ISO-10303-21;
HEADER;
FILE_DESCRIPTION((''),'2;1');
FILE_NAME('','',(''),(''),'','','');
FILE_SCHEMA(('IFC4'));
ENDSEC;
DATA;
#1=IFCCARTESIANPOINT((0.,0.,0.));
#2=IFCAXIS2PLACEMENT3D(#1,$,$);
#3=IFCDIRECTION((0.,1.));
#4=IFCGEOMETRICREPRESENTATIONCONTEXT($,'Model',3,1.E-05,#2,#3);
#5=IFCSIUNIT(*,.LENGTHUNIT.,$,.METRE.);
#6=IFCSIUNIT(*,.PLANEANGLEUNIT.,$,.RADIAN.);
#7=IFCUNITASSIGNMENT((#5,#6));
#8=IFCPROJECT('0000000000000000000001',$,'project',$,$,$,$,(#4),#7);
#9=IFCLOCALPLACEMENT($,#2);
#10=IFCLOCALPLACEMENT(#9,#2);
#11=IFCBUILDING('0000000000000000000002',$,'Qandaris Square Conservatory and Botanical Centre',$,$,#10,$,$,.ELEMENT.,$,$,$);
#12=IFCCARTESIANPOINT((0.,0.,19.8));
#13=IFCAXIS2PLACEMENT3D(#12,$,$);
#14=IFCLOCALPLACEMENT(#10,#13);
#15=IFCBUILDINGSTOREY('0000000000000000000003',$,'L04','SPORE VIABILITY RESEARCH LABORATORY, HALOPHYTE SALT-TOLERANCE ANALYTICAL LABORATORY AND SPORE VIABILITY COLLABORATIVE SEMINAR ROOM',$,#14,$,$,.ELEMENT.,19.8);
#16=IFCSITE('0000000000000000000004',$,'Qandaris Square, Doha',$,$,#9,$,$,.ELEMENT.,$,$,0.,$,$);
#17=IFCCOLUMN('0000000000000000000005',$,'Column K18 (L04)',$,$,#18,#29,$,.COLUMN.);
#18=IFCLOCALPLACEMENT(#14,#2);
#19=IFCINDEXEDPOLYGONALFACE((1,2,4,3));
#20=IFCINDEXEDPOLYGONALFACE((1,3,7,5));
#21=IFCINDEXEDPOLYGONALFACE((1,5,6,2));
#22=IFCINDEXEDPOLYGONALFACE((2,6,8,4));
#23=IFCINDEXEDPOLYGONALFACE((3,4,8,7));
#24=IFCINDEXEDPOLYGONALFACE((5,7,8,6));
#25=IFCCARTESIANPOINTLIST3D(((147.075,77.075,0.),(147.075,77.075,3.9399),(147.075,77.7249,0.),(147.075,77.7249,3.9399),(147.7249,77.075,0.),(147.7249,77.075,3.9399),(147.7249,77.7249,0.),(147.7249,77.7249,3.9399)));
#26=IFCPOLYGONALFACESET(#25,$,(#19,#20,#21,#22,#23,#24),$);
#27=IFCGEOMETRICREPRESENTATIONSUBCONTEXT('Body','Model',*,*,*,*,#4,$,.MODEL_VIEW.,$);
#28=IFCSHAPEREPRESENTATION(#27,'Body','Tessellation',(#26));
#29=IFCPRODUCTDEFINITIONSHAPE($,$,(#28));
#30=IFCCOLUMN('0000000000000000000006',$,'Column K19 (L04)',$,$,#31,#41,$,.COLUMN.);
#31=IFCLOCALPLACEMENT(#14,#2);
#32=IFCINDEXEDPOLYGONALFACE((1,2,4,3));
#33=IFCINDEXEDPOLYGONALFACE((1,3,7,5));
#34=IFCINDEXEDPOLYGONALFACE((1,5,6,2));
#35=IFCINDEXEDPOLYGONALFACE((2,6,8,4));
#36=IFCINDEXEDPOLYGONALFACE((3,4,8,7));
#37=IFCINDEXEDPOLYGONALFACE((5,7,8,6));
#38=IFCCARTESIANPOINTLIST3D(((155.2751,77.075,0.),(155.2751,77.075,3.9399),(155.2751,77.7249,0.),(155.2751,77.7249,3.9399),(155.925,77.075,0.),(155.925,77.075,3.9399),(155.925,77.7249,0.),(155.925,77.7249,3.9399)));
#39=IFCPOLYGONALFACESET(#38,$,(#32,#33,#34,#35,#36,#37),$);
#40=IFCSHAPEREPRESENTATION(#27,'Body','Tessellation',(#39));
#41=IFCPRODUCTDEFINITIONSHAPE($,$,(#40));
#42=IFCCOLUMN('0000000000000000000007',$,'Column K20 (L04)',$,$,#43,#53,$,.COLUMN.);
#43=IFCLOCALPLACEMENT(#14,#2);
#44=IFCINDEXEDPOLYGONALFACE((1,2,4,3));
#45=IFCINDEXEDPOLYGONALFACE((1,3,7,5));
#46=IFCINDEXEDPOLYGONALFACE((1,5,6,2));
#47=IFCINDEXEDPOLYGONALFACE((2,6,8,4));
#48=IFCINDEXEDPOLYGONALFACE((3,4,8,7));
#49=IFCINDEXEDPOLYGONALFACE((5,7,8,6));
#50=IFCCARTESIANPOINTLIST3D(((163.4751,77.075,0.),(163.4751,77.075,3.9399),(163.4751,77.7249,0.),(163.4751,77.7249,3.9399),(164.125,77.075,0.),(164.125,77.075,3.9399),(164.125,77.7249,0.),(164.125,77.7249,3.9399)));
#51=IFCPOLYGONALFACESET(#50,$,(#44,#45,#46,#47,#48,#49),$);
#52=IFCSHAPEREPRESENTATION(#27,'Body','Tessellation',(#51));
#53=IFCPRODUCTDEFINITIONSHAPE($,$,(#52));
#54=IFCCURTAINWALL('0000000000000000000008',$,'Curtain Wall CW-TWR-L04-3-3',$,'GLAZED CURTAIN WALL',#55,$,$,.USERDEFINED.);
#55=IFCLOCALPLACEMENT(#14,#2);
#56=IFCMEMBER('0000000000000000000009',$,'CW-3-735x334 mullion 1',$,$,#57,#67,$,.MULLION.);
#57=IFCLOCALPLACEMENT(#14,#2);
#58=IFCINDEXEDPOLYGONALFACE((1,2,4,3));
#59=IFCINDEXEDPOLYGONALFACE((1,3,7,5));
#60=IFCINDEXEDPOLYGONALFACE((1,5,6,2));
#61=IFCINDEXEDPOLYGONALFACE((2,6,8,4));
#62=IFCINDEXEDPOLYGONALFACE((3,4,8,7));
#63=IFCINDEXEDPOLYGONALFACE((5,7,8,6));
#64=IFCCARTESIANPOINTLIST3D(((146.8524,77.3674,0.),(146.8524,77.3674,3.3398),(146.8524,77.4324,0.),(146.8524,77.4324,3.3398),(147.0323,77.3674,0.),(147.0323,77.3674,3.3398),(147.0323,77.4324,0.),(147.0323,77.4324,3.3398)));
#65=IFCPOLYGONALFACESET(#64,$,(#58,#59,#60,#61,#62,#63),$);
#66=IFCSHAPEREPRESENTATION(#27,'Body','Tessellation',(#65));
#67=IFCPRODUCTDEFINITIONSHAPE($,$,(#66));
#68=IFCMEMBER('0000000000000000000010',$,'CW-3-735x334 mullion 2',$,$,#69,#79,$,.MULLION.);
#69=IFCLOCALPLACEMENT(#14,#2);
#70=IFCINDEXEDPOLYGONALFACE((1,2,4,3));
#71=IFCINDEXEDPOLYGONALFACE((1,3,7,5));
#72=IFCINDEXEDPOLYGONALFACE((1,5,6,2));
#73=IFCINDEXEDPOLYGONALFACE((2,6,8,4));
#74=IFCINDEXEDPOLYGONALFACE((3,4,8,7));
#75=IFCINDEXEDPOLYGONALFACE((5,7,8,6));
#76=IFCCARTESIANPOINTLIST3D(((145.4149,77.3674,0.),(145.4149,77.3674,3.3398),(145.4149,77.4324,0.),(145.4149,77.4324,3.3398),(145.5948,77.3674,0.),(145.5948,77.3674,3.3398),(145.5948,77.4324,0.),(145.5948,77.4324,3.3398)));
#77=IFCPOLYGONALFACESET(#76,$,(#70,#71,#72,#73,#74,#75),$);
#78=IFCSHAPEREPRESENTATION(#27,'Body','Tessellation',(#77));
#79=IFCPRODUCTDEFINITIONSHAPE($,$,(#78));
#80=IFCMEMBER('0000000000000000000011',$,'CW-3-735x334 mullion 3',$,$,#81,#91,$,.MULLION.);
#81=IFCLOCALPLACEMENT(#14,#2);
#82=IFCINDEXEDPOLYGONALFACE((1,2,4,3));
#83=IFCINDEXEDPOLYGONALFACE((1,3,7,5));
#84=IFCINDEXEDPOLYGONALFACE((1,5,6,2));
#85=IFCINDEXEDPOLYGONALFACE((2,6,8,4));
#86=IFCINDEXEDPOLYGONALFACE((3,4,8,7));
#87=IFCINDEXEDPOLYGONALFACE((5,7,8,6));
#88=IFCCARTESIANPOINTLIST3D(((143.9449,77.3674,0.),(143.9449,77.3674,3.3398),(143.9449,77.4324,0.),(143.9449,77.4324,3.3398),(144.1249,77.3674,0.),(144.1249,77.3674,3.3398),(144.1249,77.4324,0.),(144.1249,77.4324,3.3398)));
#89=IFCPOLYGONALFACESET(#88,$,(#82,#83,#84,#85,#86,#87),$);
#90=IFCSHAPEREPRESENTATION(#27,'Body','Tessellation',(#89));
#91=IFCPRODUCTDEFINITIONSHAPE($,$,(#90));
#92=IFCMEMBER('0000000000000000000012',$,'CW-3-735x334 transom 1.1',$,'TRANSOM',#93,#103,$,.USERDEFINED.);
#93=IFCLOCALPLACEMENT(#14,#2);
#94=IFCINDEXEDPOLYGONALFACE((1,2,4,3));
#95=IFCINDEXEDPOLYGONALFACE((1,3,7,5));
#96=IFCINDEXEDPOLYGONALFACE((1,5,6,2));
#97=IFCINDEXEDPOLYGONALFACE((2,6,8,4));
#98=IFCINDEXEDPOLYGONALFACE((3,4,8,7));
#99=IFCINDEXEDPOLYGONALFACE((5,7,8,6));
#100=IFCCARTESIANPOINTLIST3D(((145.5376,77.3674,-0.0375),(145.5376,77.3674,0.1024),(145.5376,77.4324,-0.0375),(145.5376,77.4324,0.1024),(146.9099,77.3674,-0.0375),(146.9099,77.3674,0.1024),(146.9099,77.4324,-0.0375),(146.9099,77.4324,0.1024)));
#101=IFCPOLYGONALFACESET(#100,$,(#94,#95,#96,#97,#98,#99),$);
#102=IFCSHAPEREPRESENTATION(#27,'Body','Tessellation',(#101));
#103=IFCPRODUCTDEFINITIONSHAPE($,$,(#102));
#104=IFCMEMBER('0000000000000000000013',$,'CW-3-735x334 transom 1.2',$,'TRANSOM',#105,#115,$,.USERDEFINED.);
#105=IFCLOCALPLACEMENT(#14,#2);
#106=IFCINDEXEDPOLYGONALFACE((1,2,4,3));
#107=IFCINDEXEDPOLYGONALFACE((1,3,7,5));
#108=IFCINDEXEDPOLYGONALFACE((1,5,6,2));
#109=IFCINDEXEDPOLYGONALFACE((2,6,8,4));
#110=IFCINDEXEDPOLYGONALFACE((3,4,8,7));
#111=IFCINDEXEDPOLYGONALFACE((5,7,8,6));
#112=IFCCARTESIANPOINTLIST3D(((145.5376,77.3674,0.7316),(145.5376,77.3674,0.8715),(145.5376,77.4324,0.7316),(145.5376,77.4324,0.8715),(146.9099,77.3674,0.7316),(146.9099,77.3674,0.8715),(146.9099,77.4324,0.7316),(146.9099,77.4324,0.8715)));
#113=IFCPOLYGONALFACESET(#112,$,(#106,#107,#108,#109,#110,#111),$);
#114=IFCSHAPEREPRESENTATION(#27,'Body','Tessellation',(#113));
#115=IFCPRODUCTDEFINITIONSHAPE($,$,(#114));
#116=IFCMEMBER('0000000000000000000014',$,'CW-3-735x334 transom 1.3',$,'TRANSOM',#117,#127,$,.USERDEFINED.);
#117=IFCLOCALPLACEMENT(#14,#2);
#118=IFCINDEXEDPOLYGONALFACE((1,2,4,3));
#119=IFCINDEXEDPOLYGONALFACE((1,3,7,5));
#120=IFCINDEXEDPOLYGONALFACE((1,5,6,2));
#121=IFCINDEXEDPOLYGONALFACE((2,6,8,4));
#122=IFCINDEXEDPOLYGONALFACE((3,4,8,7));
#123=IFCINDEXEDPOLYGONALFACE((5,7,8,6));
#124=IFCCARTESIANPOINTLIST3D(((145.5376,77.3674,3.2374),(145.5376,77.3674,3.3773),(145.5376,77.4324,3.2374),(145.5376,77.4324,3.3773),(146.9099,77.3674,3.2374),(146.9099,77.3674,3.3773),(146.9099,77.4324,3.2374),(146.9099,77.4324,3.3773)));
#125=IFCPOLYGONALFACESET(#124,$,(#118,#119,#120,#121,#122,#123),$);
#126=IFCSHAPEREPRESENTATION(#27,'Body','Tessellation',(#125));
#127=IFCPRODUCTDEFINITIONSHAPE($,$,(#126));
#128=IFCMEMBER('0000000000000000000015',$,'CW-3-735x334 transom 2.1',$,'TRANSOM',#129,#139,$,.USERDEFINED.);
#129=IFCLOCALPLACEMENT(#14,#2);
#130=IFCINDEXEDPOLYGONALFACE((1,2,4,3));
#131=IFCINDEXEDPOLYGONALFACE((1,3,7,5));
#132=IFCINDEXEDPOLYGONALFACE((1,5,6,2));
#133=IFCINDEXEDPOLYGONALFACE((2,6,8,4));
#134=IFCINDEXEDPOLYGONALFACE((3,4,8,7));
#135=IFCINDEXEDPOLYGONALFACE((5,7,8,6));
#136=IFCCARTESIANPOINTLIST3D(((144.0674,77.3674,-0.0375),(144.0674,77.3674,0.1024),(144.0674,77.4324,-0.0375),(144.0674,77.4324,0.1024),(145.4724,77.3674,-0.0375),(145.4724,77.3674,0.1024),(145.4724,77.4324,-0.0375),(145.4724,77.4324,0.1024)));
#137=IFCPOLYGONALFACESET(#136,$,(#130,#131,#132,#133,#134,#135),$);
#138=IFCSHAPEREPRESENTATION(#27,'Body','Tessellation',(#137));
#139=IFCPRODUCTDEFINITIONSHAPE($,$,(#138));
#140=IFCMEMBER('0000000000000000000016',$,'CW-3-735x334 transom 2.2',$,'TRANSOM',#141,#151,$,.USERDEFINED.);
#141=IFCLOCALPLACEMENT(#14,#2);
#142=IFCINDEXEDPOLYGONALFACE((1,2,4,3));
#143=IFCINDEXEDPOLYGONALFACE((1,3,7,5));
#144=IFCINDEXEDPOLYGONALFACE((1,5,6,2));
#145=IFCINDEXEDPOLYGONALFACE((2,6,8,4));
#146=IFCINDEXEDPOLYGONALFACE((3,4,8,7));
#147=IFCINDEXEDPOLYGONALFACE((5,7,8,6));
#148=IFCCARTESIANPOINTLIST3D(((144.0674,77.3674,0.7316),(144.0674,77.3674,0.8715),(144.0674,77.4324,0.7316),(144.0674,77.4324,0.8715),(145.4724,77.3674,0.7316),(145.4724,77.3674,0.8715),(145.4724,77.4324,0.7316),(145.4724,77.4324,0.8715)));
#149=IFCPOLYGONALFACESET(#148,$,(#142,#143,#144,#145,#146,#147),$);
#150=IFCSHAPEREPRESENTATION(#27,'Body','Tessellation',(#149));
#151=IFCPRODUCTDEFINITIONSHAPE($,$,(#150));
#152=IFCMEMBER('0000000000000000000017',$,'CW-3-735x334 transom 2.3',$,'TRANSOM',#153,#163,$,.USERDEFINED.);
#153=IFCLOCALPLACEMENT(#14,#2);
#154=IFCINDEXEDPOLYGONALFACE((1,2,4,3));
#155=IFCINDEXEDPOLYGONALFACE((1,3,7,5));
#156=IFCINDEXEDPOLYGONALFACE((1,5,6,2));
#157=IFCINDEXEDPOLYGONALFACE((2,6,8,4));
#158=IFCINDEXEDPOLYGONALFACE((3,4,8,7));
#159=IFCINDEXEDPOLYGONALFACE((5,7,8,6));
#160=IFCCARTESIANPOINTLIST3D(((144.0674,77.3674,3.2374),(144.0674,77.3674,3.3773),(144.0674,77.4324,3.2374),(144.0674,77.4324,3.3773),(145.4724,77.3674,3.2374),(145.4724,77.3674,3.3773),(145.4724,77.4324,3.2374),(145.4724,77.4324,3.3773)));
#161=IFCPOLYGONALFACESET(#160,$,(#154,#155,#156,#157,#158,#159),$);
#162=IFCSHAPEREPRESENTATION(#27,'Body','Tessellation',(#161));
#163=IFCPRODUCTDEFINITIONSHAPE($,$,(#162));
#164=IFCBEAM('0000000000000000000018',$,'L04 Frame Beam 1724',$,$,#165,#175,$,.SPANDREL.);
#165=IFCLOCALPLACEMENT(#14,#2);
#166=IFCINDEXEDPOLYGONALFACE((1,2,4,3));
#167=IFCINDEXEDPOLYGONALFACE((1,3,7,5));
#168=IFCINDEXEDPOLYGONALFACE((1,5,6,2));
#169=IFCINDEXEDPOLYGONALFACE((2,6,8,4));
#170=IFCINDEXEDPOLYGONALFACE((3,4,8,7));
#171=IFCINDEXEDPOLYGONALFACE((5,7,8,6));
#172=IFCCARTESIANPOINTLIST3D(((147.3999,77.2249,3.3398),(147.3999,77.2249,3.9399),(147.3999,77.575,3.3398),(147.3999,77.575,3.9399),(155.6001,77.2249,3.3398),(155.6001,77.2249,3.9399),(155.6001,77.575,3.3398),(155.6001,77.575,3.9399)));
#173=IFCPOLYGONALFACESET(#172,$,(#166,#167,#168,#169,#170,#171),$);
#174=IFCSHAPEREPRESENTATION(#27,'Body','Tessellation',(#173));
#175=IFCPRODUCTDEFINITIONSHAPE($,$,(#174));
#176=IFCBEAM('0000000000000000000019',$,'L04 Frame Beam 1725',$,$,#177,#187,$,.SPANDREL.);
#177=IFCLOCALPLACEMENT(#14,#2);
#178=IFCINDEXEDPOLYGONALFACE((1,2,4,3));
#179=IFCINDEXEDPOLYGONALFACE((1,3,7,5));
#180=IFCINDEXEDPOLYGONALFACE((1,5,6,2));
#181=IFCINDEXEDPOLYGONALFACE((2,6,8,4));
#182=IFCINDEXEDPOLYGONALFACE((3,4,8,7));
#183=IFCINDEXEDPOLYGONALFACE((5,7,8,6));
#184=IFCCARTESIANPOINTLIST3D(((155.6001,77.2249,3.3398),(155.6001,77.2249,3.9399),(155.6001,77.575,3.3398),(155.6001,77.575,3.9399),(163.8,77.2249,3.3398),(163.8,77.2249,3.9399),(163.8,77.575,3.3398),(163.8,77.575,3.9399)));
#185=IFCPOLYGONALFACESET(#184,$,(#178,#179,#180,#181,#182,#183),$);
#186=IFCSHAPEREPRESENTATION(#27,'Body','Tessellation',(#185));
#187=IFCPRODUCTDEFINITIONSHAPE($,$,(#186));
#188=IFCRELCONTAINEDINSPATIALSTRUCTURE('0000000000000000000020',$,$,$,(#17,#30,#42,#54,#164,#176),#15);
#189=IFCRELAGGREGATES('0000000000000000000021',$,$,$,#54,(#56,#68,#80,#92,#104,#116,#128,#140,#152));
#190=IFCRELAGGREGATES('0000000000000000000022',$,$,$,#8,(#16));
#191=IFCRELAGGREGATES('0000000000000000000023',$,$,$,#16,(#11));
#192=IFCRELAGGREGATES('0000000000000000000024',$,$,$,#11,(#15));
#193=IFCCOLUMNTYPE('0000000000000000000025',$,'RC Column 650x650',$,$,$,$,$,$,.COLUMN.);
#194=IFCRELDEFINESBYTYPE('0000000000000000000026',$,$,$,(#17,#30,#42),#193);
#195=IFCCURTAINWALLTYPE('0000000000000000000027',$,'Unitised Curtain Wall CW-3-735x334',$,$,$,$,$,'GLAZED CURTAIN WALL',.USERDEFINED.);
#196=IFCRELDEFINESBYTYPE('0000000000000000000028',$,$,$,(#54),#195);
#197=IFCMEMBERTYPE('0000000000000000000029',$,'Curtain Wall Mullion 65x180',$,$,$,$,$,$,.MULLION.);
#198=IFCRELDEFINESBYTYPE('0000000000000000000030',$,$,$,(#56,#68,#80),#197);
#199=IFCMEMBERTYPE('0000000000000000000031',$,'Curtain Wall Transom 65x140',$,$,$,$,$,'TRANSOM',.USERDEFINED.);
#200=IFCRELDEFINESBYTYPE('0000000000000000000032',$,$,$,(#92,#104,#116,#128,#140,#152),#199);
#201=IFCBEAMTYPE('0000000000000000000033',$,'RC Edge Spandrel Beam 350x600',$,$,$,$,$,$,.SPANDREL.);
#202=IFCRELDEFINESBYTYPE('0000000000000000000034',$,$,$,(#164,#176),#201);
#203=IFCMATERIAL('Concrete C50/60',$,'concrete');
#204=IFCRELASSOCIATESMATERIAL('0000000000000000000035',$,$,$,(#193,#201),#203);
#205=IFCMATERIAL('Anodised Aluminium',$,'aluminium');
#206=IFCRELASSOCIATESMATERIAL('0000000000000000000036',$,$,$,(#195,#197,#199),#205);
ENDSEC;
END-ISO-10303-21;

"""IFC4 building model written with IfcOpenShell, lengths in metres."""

from ifc_helpers import new_model, si_unit, direction, frame, origin, origin_2d, place, context, subcontext, project, spatial, rectangle, extrude, material, material_profile, profile_set, type_object, element, aggregate, save


model = new_model("IFC4")

# Units and contexts
model_context = context("Model", 3, precision=1e-05, world=origin(), true_north=direction((0.0, 1.0)))
body_context = subcontext(model_context, "Body", "Model", "MODEL_VIEW")
ifc_project = project(units=[si_unit("LENGTHUNIT", "METRE"), si_unit("PLANEANGLEUNIT", "RADIAN")], contexts=[model_context])

# Site, building, storey
site_placement = place(None, origin())
site = spatial("IfcSite", under=ifc_project, at=site_placement, Name="Qandaris Square, Doha", CompositionType="ELEMENT", RefElevation=0.0)
building_placement = place(site_placement, origin())
building = spatial("IfcBuilding", under=site, at=building_placement, Name="Qandaris Square Conservatory and Botanical Centre", CompositionType="ELEMENT")
storey_placement = place(building_placement, frame((0.0, 0.0, 19.8)))
storey = spatial("IfcBuildingStorey", under=building, at=storey_placement, Name="L04", Description="SPORE VIABILITY RESEARCH LABORATORY, HALOPHYTE SALT-TOLERANCE ANALYTICAL LABORATORY AND SPORE VIABILITY COLLABORATIVE SEMINAR ROOM", CompositionType="ELEMENT", Elevation=19.8)

# Columns
ifc_material_1 = material(Name="Concrete C50/60", Category="concrete")
ifc_material_profile_1 = material_profile(ifc_material_1, rectangle(XDim=0.6499, YDim=0.6499, at=origin_2d()), Name="RC-COL 650x650")
ifc_profile_set_1 = profile_set([ifc_material_profile_1], Name="Concrete C50/60")
column_type = type_object("IfcColumnType", Name="RC Column 650x650", PredefinedType="COLUMN", material=ifc_profile_set_1)
for number, where, z_axis, x_axis, name in (
    (1, (147.3999, 77.3999, 0.0), (0.0, 0.0, 1.0), (1.0, 0.0, 0.0), "Column K18 (L04)"),
    (2, (155.6001, 77.3999, 0.0), (0.0, 0.0, 1.0), (1.0, 0.0, 0.0), "Column K19 (L04)"),
    (3, (163.8, 77.3999, 0.0), (0.0, 0.0, 1.0), (1.0, 0.0, 0.0), "Column K20 (L04)"),
):
    element("IfcColumn", number, at=place(storey_placement, frame(where, z_axis=z_axis, x_axis=x_axis)), inside=storey, type_object=column_type, Name=name, PredefinedType="COLUMN", context=body_context, shape_type="SweptSolid", body=[
        extrude(rectangle(XDim=0.6499, YDim=0.6499, at=origin_2d()), origin(), (0.0, 0.0, 1.0), 3.9399),
    ])

# Curtain wall, members
ifc_material_2 = material(Name="Anodised Aluminium", Category="aluminium")
curtain_wall_type = type_object("IfcCurtainWallType", Name="Unitised Curtain Wall CW-3-735x334", ElementType="GLAZED CURTAIN WALL", PredefinedType="USERDEFINED", material=ifc_material_2)
curtain_wall_placement = place(storey_placement, origin())
curtain_wall = element("IfcCurtainWall", 4, at=curtain_wall_placement, inside=storey, type_object=curtain_wall_type, Name="Curtain Wall CW-TWR-L04-3-3", ObjectType="GLAZED CURTAIN WALL", PredefinedType="USERDEFINED")
ifc_material_profile_2 = material_profile(ifc_material_2, rectangle(XDim=0.0649, YDim=0.1799, at=origin_2d()), Name="ALU-MUL 65x180")
ifc_profile_set_2 = profile_set([ifc_material_profile_2], Name="Anodised Aluminium")
member_type_1 = type_object("IfcMemberType", Name="Curtain Wall Mullion 65x180", PredefinedType="MULLION", material=ifc_profile_set_2)
member_1_placement = place(storey_placement, frame((146.9424, 77.3999, 0.0), z_axis=(0.0, 0.0, 1.0), x_axis=(0.0, -1.0, 0.0)))
member_1 = element("IfcMember", 5, at=member_1_placement, type_object=member_type_1, Name="CW-3-735x334 mullion 1", PredefinedType="MULLION", context=body_context, shape_type="SweptSolid", body=[
    extrude(rectangle(XDim=0.0649, YDim=0.1799, at=origin_2d()), origin(), (0.0, 0.0, 1.0), 3.3398),
])
member_2_placement = place(storey_placement, frame((145.5049, 77.3999, 0.0), z_axis=(0.0, 0.0, 1.0), x_axis=(0.0, -1.0, 0.0)))
member_2 = element("IfcMember", 6, at=member_2_placement, type_object=member_type_1, Name="CW-3-735x334 mullion 2", PredefinedType="MULLION", context=body_context, shape_type="SweptSolid", body=[
    extrude(rectangle(XDim=0.0649, YDim=0.1799, at=origin_2d()), origin(), (0.0, 0.0, 1.0), 3.3398),
])
member_3_placement = place(storey_placement, frame((144.0349, 77.3999, 0.0), z_axis=(0.0, 0.0, 1.0), x_axis=(0.0, -1.0, 0.0)))
member_3 = element("IfcMember", 7, at=member_3_placement, type_object=member_type_1, Name="CW-3-735x334 mullion 3", PredefinedType="MULLION", context=body_context, shape_type="SweptSolid", body=[
    extrude(rectangle(XDim=0.0649, YDim=0.1799, at=origin_2d()), origin(), (0.0, 0.0, 1.0), 3.3398),
])
ifc_material_profile_3 = material_profile(ifc_material_2, rectangle(XDim=0.0649, YDim=0.1399, at=origin_2d()), Name="ALU-TRN 65x140")
ifc_profile_set_3 = profile_set([ifc_material_profile_3], Name="Anodised Aluminium")
member_type_2 = type_object("IfcMemberType", Name="Curtain Wall Transom 65x140", ElementType="TRANSOM", PredefinedType="USERDEFINED", material=ifc_profile_set_3)
member_4_placement = place(storey_placement, frame((146.9099, 77.3999, 0.0325), z_axis=(-1.0, 0.0, 0.0), x_axis=(0.0, -1.0, 0.0)))
member_4 = element("IfcMember", 8, at=member_4_placement, type_object=member_type_2, Name="CW-3-735x334 transom 1.1", ObjectType="TRANSOM", PredefinedType="USERDEFINED", context=body_context, shape_type="SweptSolid", body=[
    extrude(rectangle(XDim=0.0649, YDim=0.1399, at=origin_2d()), origin(), (0.0, 0.0, 1.0), 1.3723),
])
member_5_placement = place(storey_placement, frame((146.9099, 77.3999, 0.8015), z_axis=(-1.0, 0.0, 0.0), x_axis=(0.0, -1.0, 0.0)))
member_5 = element("IfcMember", 9, at=member_5_placement, type_object=member_type_2, Name="CW-3-735x334 transom 1.2", ObjectType="TRANSOM", PredefinedType="USERDEFINED", context=body_context, shape_type="SweptSolid", body=[
    extrude(rectangle(XDim=0.0649, YDim=0.1399, at=origin_2d()), origin(), (0.0, 0.0, 1.0), 1.3723),
])
member_6_placement = place(storey_placement, frame((146.9099, 77.3999, 3.3074), z_axis=(-1.0, 0.0, 0.0), x_axis=(0.0, -1.0, 0.0)))
member_6 = element("IfcMember", 10, at=member_6_placement, type_object=member_type_2, Name="CW-3-735x334 transom 1.3", ObjectType="TRANSOM", PredefinedType="USERDEFINED", context=body_context, shape_type="SweptSolid", body=[
    extrude(rectangle(XDim=0.0649, YDim=0.1399, at=origin_2d()), origin(), (0.0, 0.0, 1.0), 1.3723),
])
member_7_placement = place(storey_placement, frame((145.4724, 77.3999, 0.0325), z_axis=(-1.0, 0.0, 0.0), x_axis=(0.0, -1.0, 0.0)))
member_7 = element("IfcMember", 11, at=member_7_placement, type_object=member_type_2, Name="CW-3-735x334 transom 2.1", ObjectType="TRANSOM", PredefinedType="USERDEFINED", context=body_context, shape_type="SweptSolid", body=[
    extrude(rectangle(XDim=0.0649, YDim=0.1399, at=origin_2d()), origin(), (0.0, 0.0, 1.0), 1.405),
])
member_8_placement = place(storey_placement, frame((145.4724, 77.3999, 0.8015), z_axis=(-1.0, 0.0, 0.0), x_axis=(0.0, -1.0, 0.0)))
member_8 = element("IfcMember", 12, at=member_8_placement, type_object=member_type_2, Name="CW-3-735x334 transom 2.2", ObjectType="TRANSOM", PredefinedType="USERDEFINED", context=body_context, shape_type="SweptSolid", body=[
    extrude(rectangle(XDim=0.0649, YDim=0.1399, at=origin_2d()), origin(), (0.0, 0.0, 1.0), 1.405),
])
member_9_placement = place(storey_placement, frame((145.4724, 77.3999, 3.3074), z_axis=(-1.0, 0.0, 0.0), x_axis=(0.0, -1.0, 0.0)))
member_9 = element("IfcMember", 13, at=member_9_placement, type_object=member_type_2, Name="CW-3-735x334 transom 2.3", ObjectType="TRANSOM", PredefinedType="USERDEFINED", context=body_context, shape_type="SweptSolid", body=[
    extrude(rectangle(XDim=0.0649, YDim=0.1399, at=origin_2d()), origin(), (0.0, 0.0, 1.0), 1.405),
])

# Beams
ifc_material_profile_4 = material_profile(ifc_material_1, rectangle(XDim=0.3501, YDim=0.6001, at=origin_2d()), Name="RC-SP 350x600")
ifc_profile_set_4 = profile_set([ifc_material_profile_4], Name="Concrete C50/60")
beam_type = type_object("IfcBeamType", Name="RC Edge Spandrel Beam 350x600", PredefinedType="SPANDREL", material=ifc_profile_set_4)
beam_1_placement = place(storey_placement, frame((147.3999, 77.3999, 3.6399), z_axis=(1.0, 0.0, 0.0), x_axis=(0.0, 1.0, 0.0)))
element("IfcBeam", 14, at=beam_1_placement, inside=storey, type_object=beam_type, Name="L04 Frame Beam 1724", PredefinedType="SPANDREL", context=body_context, shape_type="SweptSolid", body=[
    extrude(rectangle(XDim=0.3501, YDim=0.6001, at=origin_2d()), origin(), (0.0, 0.0, 1.0), 8.2002),
])
beam_2_placement = place(storey_placement, frame((155.6001, 77.3999, 3.6399), z_axis=(1.0, 0.0, 0.0), x_axis=(0.0, 1.0, 0.0)))
element("IfcBeam", 15, at=beam_2_placement, inside=storey, type_object=beam_type, Name="L04 Frame Beam 1725", PredefinedType="SPANDREL", context=body_context, shape_type="SweptSolid", body=[
    extrude(rectangle(XDim=0.3501, YDim=0.6001, at=origin_2d()), origin(), (0.0, 0.0, 1.0), 8.2),
])

aggregate(curtain_wall, [member_1, member_2, member_3, member_4, member_5, member_6, member_7, member_8, member_9])

save(model, "model.ifc")
